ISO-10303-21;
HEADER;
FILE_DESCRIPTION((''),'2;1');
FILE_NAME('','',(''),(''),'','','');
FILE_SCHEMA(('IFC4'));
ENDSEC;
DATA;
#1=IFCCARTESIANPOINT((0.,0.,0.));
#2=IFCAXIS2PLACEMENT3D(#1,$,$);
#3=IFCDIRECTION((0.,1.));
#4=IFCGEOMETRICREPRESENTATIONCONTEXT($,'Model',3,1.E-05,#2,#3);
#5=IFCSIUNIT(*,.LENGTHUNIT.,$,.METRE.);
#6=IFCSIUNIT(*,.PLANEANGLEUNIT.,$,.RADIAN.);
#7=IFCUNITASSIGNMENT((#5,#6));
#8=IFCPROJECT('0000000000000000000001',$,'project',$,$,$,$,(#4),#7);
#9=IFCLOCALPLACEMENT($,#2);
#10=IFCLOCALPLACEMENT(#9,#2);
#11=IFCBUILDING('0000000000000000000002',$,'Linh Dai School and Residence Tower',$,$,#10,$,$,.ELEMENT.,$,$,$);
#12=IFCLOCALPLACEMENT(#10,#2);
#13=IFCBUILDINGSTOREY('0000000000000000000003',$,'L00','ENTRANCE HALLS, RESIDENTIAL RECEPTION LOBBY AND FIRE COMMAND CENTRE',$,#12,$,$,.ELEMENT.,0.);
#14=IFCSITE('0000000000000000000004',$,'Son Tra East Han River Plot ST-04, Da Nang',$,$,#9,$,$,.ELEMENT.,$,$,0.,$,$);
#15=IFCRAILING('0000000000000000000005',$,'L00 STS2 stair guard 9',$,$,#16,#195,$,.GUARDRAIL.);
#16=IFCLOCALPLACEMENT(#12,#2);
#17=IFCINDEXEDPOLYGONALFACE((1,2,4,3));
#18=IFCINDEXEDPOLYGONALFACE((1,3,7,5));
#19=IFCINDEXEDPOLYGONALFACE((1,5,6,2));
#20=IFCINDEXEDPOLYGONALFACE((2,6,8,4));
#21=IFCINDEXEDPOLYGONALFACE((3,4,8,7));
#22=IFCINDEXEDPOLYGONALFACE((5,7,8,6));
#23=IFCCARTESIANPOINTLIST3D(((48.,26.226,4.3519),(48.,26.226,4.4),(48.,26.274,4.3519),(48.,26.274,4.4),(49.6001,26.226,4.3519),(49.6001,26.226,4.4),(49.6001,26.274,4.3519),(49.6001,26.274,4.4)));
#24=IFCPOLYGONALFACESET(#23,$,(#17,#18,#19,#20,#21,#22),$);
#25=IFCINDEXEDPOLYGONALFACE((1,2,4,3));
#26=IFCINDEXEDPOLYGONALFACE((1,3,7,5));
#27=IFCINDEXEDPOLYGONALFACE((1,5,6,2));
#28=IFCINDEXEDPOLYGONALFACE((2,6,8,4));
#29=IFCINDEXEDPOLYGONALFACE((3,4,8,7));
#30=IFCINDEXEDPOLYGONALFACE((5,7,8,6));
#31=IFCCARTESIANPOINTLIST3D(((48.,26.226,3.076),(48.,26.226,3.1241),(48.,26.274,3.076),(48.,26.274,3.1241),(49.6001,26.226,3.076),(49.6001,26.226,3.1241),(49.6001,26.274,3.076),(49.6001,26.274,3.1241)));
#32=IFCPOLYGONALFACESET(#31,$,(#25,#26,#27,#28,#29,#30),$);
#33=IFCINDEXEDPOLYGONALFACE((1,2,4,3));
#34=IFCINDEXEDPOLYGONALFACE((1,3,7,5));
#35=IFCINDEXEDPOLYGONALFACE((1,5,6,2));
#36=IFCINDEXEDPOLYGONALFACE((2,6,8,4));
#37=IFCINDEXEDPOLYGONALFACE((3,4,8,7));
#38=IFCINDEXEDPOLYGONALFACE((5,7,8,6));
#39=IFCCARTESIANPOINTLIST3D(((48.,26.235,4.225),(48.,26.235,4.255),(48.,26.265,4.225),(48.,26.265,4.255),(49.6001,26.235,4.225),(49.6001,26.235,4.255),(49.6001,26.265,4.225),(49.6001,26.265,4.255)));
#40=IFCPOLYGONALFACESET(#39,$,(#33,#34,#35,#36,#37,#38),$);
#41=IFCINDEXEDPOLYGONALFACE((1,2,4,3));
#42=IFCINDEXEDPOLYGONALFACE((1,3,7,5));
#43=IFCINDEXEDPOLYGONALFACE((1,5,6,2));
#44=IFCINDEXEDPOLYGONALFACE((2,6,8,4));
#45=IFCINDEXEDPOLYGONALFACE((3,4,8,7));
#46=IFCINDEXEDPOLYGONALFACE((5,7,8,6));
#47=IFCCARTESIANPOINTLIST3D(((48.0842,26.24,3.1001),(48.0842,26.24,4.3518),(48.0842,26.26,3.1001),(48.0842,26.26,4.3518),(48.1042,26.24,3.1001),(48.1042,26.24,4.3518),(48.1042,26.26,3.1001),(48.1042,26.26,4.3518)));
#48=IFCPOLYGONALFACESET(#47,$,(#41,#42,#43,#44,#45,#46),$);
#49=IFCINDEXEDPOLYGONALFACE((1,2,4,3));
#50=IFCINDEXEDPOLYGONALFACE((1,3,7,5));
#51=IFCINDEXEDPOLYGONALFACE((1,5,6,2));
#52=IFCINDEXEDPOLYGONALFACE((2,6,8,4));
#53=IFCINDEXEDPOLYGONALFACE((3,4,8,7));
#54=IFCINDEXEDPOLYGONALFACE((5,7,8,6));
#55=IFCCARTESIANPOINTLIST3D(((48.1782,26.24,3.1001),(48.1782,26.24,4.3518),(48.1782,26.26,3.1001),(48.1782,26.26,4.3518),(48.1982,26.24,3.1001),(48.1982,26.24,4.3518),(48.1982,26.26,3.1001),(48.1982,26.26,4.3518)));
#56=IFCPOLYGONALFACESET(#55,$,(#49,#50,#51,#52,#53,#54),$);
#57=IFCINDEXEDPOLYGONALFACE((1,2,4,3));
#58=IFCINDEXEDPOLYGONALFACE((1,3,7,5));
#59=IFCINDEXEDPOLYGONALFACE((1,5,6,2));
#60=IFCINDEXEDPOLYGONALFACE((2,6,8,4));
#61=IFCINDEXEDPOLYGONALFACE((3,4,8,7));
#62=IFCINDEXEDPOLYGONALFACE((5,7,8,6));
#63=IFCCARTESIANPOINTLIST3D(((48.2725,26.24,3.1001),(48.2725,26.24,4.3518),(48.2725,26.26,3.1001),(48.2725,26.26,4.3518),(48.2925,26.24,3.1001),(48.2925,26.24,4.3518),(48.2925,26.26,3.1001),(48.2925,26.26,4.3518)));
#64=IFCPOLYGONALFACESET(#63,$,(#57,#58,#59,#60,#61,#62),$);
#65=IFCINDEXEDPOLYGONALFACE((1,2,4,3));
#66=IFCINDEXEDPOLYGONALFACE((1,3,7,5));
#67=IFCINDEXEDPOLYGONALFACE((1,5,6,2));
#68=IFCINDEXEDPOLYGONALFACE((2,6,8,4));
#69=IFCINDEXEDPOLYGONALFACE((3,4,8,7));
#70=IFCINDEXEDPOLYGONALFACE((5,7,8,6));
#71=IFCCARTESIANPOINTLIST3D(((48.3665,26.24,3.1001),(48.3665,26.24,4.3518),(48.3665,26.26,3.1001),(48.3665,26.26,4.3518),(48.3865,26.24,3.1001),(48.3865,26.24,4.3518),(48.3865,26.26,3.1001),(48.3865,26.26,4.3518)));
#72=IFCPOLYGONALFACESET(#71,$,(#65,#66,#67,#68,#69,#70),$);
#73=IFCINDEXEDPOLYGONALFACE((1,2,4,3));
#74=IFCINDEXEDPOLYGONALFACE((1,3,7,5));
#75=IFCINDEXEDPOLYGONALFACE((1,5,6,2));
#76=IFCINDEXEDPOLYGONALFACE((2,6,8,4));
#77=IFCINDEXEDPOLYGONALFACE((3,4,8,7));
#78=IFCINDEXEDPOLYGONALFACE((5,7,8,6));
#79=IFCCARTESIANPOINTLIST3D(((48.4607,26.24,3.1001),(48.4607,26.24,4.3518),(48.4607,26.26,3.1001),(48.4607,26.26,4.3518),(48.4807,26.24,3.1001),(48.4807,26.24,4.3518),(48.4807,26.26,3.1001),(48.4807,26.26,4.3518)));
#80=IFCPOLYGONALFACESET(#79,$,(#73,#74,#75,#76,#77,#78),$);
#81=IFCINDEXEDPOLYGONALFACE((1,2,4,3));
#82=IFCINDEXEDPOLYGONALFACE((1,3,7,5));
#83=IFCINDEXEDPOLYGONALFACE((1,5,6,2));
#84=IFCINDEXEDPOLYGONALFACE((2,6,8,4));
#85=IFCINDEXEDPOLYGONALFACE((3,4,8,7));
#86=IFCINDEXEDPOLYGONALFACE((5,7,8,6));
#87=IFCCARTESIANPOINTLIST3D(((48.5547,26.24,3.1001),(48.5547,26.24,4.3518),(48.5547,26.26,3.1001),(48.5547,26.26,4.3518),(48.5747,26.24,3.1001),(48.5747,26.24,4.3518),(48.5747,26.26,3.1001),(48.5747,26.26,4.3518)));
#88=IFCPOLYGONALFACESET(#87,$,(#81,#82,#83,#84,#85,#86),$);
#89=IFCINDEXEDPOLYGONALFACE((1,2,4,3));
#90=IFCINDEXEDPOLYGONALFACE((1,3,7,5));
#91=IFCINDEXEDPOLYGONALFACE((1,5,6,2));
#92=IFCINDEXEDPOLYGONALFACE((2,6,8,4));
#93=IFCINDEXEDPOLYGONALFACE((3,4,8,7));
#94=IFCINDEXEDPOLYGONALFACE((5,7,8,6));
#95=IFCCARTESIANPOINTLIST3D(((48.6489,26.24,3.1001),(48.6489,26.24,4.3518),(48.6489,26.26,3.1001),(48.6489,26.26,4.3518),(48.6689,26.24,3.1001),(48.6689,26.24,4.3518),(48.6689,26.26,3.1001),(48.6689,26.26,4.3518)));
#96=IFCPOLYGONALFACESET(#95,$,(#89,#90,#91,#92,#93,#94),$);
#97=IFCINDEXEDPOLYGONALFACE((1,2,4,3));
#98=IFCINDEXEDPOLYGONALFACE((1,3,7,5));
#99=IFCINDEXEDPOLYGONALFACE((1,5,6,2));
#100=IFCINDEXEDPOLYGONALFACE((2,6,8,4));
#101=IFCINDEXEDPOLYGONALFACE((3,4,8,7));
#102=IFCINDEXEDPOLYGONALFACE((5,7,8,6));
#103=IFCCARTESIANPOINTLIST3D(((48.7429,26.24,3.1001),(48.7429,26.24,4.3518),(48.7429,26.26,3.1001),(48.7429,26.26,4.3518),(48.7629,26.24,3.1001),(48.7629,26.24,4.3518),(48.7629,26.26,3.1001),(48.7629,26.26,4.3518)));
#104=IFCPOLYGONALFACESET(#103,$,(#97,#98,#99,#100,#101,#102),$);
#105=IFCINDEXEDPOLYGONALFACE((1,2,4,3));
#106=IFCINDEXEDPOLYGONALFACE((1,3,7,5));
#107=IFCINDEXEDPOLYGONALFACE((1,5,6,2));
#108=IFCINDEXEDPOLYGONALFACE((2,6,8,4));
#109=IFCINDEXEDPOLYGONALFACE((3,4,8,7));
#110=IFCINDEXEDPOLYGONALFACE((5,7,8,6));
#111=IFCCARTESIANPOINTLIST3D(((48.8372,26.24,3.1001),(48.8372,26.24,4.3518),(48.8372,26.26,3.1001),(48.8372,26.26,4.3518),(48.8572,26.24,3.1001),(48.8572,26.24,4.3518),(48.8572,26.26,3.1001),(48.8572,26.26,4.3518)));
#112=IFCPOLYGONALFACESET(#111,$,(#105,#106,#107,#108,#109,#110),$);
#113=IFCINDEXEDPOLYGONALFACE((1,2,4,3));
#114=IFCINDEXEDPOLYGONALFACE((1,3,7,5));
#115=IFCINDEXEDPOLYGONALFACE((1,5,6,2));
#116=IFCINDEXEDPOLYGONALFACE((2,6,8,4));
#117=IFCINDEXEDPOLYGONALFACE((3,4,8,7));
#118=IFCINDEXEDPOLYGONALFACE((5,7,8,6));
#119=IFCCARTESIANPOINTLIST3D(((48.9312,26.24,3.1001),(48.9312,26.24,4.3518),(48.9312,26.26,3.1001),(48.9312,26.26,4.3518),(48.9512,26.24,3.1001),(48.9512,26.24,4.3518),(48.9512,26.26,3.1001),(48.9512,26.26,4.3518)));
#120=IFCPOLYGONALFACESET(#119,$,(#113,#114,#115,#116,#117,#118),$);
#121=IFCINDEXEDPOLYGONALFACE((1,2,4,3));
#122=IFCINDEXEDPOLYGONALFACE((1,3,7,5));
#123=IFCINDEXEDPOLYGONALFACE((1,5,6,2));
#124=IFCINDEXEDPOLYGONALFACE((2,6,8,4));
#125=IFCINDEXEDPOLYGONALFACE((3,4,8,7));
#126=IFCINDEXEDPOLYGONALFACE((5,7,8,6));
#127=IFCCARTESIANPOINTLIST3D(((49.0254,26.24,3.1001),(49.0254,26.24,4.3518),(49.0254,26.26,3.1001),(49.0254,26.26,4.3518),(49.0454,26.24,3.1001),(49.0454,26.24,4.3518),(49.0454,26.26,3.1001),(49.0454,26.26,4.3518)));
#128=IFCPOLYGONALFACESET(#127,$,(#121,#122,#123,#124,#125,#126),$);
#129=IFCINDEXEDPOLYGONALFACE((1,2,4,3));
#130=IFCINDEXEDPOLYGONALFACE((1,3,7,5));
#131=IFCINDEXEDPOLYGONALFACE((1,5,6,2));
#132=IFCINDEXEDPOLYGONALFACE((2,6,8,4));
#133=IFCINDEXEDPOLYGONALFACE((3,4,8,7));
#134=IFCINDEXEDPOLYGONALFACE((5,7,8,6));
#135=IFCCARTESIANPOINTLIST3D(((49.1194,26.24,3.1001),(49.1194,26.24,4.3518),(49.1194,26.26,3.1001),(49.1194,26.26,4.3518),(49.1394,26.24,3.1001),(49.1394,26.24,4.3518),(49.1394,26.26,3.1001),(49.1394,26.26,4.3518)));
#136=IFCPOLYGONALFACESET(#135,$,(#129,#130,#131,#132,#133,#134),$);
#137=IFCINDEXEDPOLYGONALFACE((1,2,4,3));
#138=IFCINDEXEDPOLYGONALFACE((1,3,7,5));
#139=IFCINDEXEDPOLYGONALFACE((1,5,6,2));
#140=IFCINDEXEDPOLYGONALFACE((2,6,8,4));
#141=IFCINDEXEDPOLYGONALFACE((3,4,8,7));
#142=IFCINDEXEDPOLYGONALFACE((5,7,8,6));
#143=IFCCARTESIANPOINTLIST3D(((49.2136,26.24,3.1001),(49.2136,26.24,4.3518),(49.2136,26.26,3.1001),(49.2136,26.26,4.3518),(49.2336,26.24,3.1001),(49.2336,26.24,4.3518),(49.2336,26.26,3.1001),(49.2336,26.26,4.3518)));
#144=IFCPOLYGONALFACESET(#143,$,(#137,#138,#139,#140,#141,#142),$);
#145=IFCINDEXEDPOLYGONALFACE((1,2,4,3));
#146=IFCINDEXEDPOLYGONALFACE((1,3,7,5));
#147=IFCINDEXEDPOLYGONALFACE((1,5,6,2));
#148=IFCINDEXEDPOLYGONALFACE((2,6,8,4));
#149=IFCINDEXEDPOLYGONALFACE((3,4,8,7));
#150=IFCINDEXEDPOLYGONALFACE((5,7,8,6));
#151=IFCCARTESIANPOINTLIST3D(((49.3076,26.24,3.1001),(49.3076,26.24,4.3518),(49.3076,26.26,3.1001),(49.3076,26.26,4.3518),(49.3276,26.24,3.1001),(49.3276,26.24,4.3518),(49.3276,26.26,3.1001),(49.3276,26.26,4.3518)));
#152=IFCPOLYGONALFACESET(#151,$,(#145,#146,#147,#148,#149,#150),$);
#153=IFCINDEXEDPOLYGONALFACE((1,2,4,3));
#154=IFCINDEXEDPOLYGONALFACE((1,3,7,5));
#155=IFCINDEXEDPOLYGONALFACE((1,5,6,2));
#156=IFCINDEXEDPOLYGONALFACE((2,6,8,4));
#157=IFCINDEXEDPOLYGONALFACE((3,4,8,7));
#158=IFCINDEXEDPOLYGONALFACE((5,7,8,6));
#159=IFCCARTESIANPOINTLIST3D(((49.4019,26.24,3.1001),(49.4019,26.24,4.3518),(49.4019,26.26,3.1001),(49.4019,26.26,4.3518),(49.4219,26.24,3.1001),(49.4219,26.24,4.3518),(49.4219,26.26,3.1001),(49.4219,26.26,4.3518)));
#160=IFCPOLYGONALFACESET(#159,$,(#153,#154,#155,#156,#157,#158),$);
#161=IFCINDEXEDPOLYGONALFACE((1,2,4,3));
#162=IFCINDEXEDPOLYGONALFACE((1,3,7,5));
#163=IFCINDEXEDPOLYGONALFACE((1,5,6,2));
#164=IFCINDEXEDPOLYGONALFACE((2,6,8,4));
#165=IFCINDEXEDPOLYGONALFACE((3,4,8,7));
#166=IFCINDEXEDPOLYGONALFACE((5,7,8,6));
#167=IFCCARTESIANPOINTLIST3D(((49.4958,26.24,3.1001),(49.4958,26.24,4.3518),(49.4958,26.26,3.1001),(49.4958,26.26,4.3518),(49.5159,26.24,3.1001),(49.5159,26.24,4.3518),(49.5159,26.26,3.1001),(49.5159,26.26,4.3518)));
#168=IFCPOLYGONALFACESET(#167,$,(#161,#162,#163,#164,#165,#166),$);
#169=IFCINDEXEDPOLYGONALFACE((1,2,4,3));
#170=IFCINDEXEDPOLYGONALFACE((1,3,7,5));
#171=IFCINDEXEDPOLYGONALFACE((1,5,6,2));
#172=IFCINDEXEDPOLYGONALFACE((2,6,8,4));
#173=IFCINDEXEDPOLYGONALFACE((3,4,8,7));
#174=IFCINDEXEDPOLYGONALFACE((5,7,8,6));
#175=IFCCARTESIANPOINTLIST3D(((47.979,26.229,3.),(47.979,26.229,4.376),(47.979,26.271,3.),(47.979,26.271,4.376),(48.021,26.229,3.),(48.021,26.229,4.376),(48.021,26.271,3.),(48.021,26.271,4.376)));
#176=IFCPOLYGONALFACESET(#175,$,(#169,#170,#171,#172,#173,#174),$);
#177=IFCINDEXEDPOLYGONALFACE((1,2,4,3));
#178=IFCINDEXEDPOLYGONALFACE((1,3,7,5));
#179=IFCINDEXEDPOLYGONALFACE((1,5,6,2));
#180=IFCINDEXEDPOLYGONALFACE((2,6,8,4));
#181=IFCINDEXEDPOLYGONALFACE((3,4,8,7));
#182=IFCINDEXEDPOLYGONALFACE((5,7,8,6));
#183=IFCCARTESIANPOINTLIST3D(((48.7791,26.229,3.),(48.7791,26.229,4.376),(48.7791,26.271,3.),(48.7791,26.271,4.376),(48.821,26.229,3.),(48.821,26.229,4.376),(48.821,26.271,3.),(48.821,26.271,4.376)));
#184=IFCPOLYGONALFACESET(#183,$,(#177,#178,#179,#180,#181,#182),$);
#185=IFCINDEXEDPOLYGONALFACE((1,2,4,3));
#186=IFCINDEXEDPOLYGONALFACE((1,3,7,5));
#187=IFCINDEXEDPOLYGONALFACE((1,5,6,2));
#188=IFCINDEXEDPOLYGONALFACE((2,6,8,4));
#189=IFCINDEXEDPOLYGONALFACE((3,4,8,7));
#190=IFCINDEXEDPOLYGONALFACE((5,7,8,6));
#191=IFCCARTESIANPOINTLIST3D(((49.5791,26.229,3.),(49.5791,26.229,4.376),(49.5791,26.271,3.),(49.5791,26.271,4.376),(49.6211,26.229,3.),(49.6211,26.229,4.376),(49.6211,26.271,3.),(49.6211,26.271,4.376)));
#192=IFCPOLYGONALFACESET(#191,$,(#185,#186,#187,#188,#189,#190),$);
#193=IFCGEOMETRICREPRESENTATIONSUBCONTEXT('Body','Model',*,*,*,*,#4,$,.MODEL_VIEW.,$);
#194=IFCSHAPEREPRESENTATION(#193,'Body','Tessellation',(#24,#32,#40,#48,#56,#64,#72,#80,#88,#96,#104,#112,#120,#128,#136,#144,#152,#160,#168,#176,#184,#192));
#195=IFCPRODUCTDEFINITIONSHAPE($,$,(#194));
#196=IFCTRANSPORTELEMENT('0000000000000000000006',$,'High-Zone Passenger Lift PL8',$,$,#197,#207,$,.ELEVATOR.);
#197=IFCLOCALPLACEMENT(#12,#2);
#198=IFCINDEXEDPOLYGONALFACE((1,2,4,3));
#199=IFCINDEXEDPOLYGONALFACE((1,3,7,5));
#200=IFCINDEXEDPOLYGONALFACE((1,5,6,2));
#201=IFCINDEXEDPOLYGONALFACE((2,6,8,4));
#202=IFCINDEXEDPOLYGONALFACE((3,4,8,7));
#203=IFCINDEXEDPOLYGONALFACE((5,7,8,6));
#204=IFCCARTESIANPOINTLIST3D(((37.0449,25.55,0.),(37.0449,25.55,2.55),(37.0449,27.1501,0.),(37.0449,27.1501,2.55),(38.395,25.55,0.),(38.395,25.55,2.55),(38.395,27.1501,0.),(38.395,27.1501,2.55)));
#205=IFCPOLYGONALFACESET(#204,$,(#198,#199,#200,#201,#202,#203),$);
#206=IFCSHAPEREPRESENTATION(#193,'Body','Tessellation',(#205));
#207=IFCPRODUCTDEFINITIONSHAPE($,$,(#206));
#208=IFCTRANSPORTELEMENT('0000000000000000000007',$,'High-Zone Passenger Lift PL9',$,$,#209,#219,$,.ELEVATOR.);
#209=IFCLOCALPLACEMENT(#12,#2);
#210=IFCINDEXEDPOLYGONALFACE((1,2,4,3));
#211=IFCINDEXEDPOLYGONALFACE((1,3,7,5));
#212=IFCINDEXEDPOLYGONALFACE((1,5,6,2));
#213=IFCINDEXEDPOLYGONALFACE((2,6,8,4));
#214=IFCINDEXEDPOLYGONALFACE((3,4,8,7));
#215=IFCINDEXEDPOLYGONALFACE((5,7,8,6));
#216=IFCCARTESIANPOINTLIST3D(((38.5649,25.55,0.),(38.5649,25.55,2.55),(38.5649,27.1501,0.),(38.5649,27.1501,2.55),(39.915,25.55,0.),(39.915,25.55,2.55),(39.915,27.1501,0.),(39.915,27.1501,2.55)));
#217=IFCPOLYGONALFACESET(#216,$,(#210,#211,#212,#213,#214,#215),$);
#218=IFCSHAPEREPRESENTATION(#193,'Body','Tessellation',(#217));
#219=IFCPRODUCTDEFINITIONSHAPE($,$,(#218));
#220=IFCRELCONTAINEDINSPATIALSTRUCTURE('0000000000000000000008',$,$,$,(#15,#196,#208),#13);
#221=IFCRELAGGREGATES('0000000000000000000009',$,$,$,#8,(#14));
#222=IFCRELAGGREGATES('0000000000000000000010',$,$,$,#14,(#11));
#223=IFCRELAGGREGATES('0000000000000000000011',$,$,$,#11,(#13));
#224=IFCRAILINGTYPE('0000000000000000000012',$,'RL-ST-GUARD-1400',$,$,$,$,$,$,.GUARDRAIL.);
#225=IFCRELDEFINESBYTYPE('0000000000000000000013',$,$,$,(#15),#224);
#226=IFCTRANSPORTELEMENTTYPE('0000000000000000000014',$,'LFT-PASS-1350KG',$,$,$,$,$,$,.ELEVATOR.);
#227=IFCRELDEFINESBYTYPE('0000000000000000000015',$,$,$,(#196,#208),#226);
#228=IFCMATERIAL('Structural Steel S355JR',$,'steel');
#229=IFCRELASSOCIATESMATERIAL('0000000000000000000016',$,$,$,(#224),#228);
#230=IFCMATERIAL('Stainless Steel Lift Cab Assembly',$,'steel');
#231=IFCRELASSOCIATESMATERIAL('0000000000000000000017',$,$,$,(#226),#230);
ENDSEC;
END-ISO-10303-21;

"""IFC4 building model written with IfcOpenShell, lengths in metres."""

from ifc_helpers import new_model, si_unit, direction, frame, origin, origin_2d, place, context, subcontext, project, spatial, rectangle, extrude, source, transform, mapped, material, type_object, element, save


model = new_model("IFC4")

# Units and contexts
model_context = context("Model", 3, precision=1e-05, world=origin(), true_north=direction((0.0, 1.0)))
body_context = subcontext(model_context, "Body", "Model", "MODEL_VIEW")
ifc_project = project(units=[si_unit("LENGTHUNIT", "METRE"), si_unit("PLANEANGLEUNIT", "RADIAN")], contexts=[model_context])

# Site, building, storey
site_placement = place(None, origin())
site = spatial("IfcSite", under=ifc_project, at=site_placement, Name="Son Tra East Han River Plot ST-04, Da Nang", CompositionType="ELEMENT", RefElevation=0.0)
building_placement = place(site_placement, origin())
building = spatial("IfcBuilding", under=site, at=building_placement, Name="Linh Dai School and Residence Tower", CompositionType="ELEMENT")
storey_placement = place(building_placement, origin())
storey = spatial("IfcBuildingStorey", under=building, at=storey_placement, Name="L00", Description="ENTRANCE HALLS, RESIDENTIAL RECEPTION LOBBY AND FIRE COMMAND CENTRE", CompositionType="ELEMENT", Elevation=0.0)

# Shared definitions
ifc_material_1 = material(Name="Structural Steel S355JR", Category="steel")

# Railing
railing_type_1 = type_object("IfcRailingType", Name="RL-ST-GUARD-1400", PredefinedType="GUARDRAIL", material=ifc_material_1)
shared_shape_1 = source(origin(), body_context, "Body", "SweptSolid", [
    extrude(rectangle(XDim=0.0481, YDim=0.0481, at=origin_2d()), frame((0.0, 0.0, 1.376), z_axis=(1.0, 0.0, 0.0), x_axis=(0.0, 1.0, 0.0)), (0.0, 0.0, 1.0), 1.6001),
    extrude(rectangle(XDim=0.0481, YDim=0.0481, at=origin_2d()), frame((0.0, 0.0, 0.1001), z_axis=(1.0, 0.0, 0.0), x_axis=(0.0, 1.0, 0.0)), (0.0, 0.0, 1.0), 1.6001),
    extrude(rectangle(XDim=0.03, YDim=0.03, at=origin_2d()), frame((0.0, 0.0, 1.24), z_axis=(1.0, 0.0, 0.0), x_axis=(0.0, 1.0, 0.0)), (0.0, 0.0, 1.0), 1.6001),
    extrude(rectangle(XDim=0.02, YDim=0.02, at=origin_2d()), frame((0.0942, 0.0, 0.1001)), (0.0, 0.0, 1.0), 1.2517),
    extrude(rectangle(XDim=0.02, YDim=0.02, at=origin_2d()), frame((0.1882, 0.0, 0.1001)), (0.0, 0.0, 1.0), 1.2517),
    extrude(rectangle(XDim=0.02, YDim=0.02, at=origin_2d()), frame((0.2825, 0.0, 0.1001)), (0.0, 0.0, 1.0), 1.2517),
    extrude(rectangle(XDim=0.02, YDim=0.02, at=origin_2d()), frame((0.3765, 0.0, 0.1001)), (0.0, 0.0, 1.0), 1.2517),
    extrude(rectangle(XDim=0.02, YDim=0.02, at=origin_2d()), frame((0.4707, 0.0, 0.1001)), (0.0, 0.0, 1.0), 1.2517),
    extrude(rectangle(XDim=0.02, YDim=0.02, at=origin_2d()), frame((0.5647, 0.0, 0.1001)), (0.0, 0.0, 1.0), 1.2517),
    extrude(rectangle(XDim=0.02, YDim=0.02, at=origin_2d()), frame((0.6589, 0.0, 0.1001)), (0.0, 0.0, 1.0), 1.2517),
    extrude(rectangle(XDim=0.02, YDim=0.02, at=origin_2d()), frame((0.7529, 0.0, 0.1001)), (0.0, 0.0, 1.0), 1.2517),
    extrude(rectangle(XDim=0.02, YDim=0.02, at=origin_2d()), frame((0.8472, 0.0, 0.1001)), (0.0, 0.0, 1.0), 1.2517),
    extrude(rectangle(XDim=0.02, YDim=0.02, at=origin_2d()), frame((0.9412, 0.0, 0.1001)), (0.0, 0.0, 1.0), 1.2517),
    extrude(rectangle(XDim=0.02, YDim=0.02, at=origin_2d()), frame((1.0354, 0.0, 0.1001)), (0.0, 0.0, 1.0), 1.2517),
    extrude(rectangle(XDim=0.02, YDim=0.02, at=origin_2d()), frame((1.1294, 0.0, 0.1001)), (0.0, 0.0, 1.0), 1.2517),
    extrude(rectangle(XDim=0.02, YDim=0.02, at=origin_2d()), frame((1.2236, 0.0, 0.1001)), (0.0, 0.0, 1.0), 1.2517),
    extrude(rectangle(XDim=0.02, YDim=0.02, at=origin_2d()), frame((1.3176, 0.0, 0.1001)), (0.0, 0.0, 1.0), 1.2517),
    extrude(rectangle(XDim=0.02, YDim=0.02, at=origin_2d()), frame((1.4119, 0.0, 0.1001)), (0.0, 0.0, 1.0), 1.2517),
    extrude(rectangle(XDim=0.02, YDim=0.02, at=origin_2d()), frame((1.5059, 0.0, 0.1001)), (0.0, 0.0, 1.0), 1.2517),
    extrude(rectangle(XDim=0.042, YDim=0.042, at=origin_2d()), origin(), (0.0, 0.0, 1.0), 1.376),
    extrude(rectangle(XDim=0.042, YDim=0.042, at=origin_2d()), frame((0.8, 0.0, 0.0)), (0.0, 0.0, 1.0), 1.376),
    extrude(rectangle(XDim=0.042, YDim=0.042, at=origin_2d()), frame((1.6001, 0.0, 0.0)), (0.0, 0.0, 1.0), 1.376),
])
railing_placement = place(storey_placement, frame((48.0, 26.25, 3.0)))
element("IfcRailing", 1, at=railing_placement, inside=storey, type_object=railing_type_1, Name="L00 STS2 stair guard 9", PredefinedType="GUARDRAIL", context=body_context, shape_type="MappedRepresentation", body=[
    mapped(shared_shape_1, transform((0.0, 0.0, 0.0), x_axis=(1.0, 0.0, 0.0), y_axis=(0.0, 1.0, 0.0), z_axis=(0.0, 0.0, 1.0), scale=1.0)),
])

# Transport elements
ifc_material_2 = material(Name="Stainless Steel Lift Cab Assembly", Category="steel")
transport_element_type = type_object("IfcTransportElementType", Name="LFT-PASS-1350KG", PredefinedType="ELEVATOR", material=ifc_material_2)
shared_shape_2 = source(origin(), body_context, "Body", "SweptSolid", [
    extrude(rectangle(XDim=1.3501, YDim=1.6001, at=origin_2d()), origin(), (0.0, 0.0, 1.0), 2.55),
])
for number, where, z_axis, x_axis, name in (
    (2, (37.72, 26.3501, 0.0), (0.0, 0.0, 1.0), (1.0, 0.0, 0.0), "High-Zone Passenger Lift PL8"),
    (3, (39.24, 26.3501, 0.0), (0.0, 0.0, 1.0), (1.0, 0.0, 0.0), "High-Zone Passenger Lift PL9"),
):
    element("IfcTransportElement", number, at=place(storey_placement, frame(where, z_axis=z_axis, x_axis=x_axis)), inside=storey, type_object=transport_element_type, Name=name, PredefinedType="ELEVATOR", context=body_context, shape_type="MappedRepresentation", body=[
        mapped(shared_shape_2, transform((0.0, 0.0, 0.0), x_axis=(1.0, 0.0, 0.0), y_axis=(0.0, 1.0, 0.0), z_axis=(0.0, 0.0, 1.0), scale=1.0)),
    ])

save(model, "model.ifc")
